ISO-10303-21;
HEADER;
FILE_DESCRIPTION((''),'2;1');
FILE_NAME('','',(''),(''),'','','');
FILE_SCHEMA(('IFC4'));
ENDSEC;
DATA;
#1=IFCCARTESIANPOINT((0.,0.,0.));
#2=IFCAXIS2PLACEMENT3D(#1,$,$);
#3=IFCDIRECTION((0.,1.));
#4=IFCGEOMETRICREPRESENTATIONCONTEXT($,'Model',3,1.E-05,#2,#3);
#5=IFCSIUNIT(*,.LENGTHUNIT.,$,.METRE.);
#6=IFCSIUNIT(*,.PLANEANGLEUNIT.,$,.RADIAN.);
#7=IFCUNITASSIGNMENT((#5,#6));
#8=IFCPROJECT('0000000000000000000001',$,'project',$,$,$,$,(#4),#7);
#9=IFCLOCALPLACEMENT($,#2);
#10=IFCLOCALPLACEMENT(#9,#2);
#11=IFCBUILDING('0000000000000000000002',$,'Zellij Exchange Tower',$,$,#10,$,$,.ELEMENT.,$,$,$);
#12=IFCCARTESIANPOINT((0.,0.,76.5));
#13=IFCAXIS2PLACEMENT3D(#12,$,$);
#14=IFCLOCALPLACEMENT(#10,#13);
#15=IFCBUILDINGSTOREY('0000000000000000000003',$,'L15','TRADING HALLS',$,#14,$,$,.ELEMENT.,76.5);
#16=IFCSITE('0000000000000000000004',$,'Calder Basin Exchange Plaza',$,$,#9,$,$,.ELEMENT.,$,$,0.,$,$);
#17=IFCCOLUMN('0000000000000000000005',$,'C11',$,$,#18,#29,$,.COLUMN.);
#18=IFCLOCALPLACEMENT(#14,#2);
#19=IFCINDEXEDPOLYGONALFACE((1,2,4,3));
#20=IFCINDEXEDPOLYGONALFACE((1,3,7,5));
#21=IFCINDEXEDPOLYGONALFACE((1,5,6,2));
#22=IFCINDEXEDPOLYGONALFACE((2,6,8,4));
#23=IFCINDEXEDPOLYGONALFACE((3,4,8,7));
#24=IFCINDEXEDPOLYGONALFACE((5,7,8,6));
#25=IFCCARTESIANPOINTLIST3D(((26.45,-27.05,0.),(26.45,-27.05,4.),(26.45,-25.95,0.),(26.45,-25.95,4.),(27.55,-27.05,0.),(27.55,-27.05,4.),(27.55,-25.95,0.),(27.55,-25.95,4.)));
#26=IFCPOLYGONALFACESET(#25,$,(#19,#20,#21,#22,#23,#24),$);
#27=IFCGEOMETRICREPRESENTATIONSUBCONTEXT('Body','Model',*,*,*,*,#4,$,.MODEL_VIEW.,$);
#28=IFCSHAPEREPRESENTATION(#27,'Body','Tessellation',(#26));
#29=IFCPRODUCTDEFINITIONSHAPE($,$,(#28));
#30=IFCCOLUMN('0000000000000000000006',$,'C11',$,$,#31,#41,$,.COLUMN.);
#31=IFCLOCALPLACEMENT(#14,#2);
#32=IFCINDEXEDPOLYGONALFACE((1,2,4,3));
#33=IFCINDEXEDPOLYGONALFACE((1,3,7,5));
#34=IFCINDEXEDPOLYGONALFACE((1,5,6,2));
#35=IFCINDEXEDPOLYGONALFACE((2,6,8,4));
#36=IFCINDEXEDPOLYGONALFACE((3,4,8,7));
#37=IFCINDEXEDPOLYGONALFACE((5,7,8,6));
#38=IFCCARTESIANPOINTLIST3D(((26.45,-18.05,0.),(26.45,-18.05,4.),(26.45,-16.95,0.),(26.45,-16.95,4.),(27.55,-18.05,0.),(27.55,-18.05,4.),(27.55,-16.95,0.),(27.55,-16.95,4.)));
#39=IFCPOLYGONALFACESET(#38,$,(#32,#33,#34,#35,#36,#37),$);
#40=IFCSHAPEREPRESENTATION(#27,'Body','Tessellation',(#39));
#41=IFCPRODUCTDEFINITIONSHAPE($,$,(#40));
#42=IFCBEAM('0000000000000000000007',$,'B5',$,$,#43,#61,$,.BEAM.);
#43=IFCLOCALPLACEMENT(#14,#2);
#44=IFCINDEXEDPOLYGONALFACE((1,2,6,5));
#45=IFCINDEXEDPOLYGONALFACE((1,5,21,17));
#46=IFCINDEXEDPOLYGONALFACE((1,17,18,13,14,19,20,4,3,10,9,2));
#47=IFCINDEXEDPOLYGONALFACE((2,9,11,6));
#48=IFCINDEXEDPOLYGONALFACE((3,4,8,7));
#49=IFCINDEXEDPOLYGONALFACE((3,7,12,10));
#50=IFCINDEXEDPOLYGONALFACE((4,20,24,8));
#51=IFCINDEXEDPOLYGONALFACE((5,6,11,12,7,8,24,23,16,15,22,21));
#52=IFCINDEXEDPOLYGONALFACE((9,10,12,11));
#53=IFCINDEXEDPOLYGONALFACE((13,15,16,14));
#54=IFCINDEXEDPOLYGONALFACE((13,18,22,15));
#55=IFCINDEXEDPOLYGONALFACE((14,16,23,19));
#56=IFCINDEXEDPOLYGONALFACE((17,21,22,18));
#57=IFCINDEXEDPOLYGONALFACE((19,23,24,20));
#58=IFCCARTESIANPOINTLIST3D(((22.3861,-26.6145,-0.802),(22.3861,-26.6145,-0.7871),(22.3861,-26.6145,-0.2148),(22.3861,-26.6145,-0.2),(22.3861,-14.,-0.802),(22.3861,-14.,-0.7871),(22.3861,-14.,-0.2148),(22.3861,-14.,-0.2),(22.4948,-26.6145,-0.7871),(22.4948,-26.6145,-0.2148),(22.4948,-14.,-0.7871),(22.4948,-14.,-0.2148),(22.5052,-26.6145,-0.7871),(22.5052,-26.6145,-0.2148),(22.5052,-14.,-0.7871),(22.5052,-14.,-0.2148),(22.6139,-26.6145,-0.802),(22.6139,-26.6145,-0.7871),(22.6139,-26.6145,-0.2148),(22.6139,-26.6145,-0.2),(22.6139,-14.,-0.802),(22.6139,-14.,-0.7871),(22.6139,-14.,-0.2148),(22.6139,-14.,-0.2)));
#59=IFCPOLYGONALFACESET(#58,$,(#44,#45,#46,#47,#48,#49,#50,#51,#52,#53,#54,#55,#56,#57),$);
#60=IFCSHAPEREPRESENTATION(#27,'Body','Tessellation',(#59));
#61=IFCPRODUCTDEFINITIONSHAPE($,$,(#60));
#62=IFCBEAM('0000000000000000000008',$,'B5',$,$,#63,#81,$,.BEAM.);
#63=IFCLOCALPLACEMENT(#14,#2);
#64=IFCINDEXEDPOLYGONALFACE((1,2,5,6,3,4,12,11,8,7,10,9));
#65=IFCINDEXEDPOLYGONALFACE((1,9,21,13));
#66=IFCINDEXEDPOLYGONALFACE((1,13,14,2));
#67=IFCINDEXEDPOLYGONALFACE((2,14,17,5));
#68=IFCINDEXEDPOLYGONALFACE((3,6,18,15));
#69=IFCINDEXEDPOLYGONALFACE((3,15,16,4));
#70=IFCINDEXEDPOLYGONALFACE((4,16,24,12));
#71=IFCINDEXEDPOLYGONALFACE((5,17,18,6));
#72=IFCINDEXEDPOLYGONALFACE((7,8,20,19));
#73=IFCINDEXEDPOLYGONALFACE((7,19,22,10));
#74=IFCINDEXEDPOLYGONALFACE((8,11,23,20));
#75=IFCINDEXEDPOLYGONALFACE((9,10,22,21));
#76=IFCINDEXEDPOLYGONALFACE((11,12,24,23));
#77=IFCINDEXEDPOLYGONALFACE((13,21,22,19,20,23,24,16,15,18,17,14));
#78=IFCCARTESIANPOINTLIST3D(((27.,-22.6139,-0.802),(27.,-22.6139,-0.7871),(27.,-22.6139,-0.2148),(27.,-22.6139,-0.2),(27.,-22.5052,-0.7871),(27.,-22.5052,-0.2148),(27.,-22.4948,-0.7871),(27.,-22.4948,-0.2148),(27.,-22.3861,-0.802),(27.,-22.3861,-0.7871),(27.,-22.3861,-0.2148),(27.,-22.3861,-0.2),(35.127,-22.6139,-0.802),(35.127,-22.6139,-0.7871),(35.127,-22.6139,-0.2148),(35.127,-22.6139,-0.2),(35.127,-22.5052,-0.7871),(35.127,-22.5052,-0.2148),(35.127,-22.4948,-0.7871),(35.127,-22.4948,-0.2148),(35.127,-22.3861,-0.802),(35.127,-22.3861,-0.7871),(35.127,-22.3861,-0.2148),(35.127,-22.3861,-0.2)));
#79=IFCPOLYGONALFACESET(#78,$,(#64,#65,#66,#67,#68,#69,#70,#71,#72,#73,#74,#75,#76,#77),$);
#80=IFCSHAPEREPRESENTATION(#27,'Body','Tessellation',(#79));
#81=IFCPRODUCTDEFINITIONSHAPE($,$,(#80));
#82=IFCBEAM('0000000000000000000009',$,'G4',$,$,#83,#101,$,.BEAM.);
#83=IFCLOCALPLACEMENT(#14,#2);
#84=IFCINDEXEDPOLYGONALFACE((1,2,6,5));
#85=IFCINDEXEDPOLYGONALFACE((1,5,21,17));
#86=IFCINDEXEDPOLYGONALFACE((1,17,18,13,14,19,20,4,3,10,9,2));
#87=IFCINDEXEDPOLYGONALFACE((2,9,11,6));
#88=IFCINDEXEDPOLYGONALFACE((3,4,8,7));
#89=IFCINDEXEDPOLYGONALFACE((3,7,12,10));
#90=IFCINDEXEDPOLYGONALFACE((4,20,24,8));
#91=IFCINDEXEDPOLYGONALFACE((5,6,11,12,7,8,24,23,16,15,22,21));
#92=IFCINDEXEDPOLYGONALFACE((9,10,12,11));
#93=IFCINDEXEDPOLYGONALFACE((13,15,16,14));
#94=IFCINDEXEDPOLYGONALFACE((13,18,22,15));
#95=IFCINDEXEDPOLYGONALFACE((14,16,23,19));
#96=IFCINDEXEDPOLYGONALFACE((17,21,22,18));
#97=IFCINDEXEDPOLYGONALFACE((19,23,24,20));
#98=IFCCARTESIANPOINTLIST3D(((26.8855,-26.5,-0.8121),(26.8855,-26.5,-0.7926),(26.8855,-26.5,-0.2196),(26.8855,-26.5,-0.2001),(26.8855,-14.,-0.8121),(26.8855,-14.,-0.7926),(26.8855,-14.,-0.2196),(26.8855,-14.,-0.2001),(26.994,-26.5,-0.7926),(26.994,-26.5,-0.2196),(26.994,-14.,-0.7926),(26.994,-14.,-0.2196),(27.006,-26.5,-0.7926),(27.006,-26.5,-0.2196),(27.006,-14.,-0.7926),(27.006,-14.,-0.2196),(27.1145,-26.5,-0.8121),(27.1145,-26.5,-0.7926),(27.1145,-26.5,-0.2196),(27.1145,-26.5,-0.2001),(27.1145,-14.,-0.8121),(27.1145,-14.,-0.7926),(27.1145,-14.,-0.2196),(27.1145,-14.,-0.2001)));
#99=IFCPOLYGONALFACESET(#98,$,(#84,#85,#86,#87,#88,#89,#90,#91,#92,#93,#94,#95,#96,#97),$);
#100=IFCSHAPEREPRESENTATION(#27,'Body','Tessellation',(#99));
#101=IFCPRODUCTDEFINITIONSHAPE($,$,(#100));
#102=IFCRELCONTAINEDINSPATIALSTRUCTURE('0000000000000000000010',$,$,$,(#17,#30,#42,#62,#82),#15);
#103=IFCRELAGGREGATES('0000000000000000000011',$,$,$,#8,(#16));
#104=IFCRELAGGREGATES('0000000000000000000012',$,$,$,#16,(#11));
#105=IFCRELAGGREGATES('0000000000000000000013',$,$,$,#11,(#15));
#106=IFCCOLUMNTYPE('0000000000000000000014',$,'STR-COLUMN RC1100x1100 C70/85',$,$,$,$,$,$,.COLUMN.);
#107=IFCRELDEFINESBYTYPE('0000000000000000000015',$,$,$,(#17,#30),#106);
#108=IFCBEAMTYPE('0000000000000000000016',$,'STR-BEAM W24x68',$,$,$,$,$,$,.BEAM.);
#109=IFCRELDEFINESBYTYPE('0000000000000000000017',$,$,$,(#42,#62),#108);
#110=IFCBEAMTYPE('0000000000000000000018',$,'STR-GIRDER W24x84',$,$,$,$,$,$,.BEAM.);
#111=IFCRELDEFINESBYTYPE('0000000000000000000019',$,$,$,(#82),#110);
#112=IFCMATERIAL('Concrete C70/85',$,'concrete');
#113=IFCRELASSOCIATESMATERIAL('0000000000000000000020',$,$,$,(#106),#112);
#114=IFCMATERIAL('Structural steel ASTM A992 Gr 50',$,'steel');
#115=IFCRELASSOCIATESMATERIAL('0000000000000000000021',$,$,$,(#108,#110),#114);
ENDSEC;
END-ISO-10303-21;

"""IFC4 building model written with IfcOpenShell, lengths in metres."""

from ifc_helpers import new_model, si_unit, direction, frame, origin, origin_2d, place, context, subcontext, project, spatial, rectangle, i_section, extrude, material, material_profile, profile_set, type_object, element, save


model = new_model("IFC4")

# Units and contexts
model_context = context("Model", 3, precision=1e-05, world=origin(), true_north=direction((0.0, 1.0)))
body_context = subcontext(model_context, "Body", "Model", "MODEL_VIEW")
ifc_project = project(units=[si_unit("LENGTHUNIT", "METRE"), si_unit("PLANEANGLEUNIT", "RADIAN")], contexts=[model_context])

# Site, building, storey
site_placement = place(None, origin())
site = spatial("IfcSite", under=ifc_project, at=site_placement, Name="Calder Basin Exchange Plaza", CompositionType="ELEMENT", RefElevation=0.0)
building_placement = place(site_placement, origin())
building = spatial("IfcBuilding", under=site, at=building_placement, Name="Zellij Exchange Tower", CompositionType="ELEMENT")
storey_placement = place(building_placement, frame((0.0, 0.0, 76.5)))
storey = spatial("IfcBuildingStorey", under=building, at=storey_placement, Name="L15", Description="TRADING HALLS", CompositionType="ELEMENT", Elevation=76.5)

# Columns
ifc_material_1 = material(Name="Concrete C70/85", Category="concrete")
ifc_material_profile_1 = material_profile(ifc_material_1, rectangle(XDim=1.1001, YDim=1.1001, at=origin_2d()), Name="STR-COLUMN RC1100x1100 C70/85")
ifc_profile_set_1 = profile_set([ifc_material_profile_1], Name="Concrete C70/85")
column_type = type_object("IfcColumnType", Name="STR-COLUMN RC1100x1100 C70/85", PredefinedType="COLUMN", material=ifc_profile_set_1)
for number, where, z_axis, x_axis, name in (
    (1, (27.0, -26.5, 0.0), (0.0, 0.0, 1.0), (1.0, 0.0, 0.0), "C11"),
    (2, (27.0, -17.5, 0.0), (0.0, 0.0, 1.0), (1.0, 0.0, 0.0), "C11"),
):
    element("IfcColumn", number, at=place(storey_placement, frame(where, z_axis=z_axis, x_axis=x_axis)), inside=storey, type_object=column_type, Name=name, PredefinedType="COLUMN", context=body_context, shape_type="SweptSolid", body=[
        extrude(rectangle(XDim=1.1001, YDim=1.1001, at=origin_2d()), origin(), (0.0, 0.0, 1.0), 4.0),
    ])

# Beams
ifc_material_2 = material(Name="Structural steel ASTM A992 Gr 50", Category="steel")
ifc_material_profile_2 = material_profile(ifc_material_2, i_section(OverallWidth=0.2278, OverallDepth=0.6021, WebThickness=0.0105, FlangeThickness=0.0149, at=origin_2d()), Name="W24x68")
ifc_profile_set_2 = profile_set([ifc_material_profile_2], Name="Structural steel ASTM A992 Gr 50")
beam_type_1 = type_object("IfcBeamType", Name="STR-BEAM W24x68", PredefinedType="BEAM", material=ifc_profile_set_2)
beam_1_placement = place(storey_placement, frame((22.5, -26.6145, -0.501), z_axis=(0.0, 1.0, 0.0), x_axis=(-1.0, 0.0, 0.0)))
element("IfcBeam", 3, at=beam_1_placement, inside=storey, type_object=beam_type_1, Name="B5", PredefinedType="BEAM", context=body_context, shape_type="SweptSolid", body=[
    extrude(i_section(OverallWidth=0.2278, OverallDepth=0.6021, WebThickness=0.0105, FlangeThickness=0.0149, at=origin_2d()), origin(), (0.0, 0.0, 1.0), 12.6145),
])
beam_2_placement = place(storey_placement, frame((27.0, -22.5, -0.501), z_axis=(1.0, 0.0, 0.0), x_axis=(0.0, 1.0, 0.0)))
element("IfcBeam", 4, at=beam_2_placement, inside=storey, type_object=beam_type_1, Name="B5", PredefinedType="BEAM", context=body_context, shape_type="SweptSolid", body=[
    extrude(i_section(OverallWidth=0.2278, OverallDepth=0.6021, WebThickness=0.0105, FlangeThickness=0.0149, at=origin_2d()), origin(), (0.0, 0.0, 1.0), 8.127),
])
ifc_material_profile_3 = material_profile(ifc_material_2, i_section(OverallWidth=0.229, OverallDepth=0.6121, WebThickness=0.012, FlangeThickness=0.0195, at=origin_2d()), Name="W24x84")
ifc_profile_set_3 = profile_set([ifc_material_profile_3], Name="Structural steel ASTM A992 Gr 50")
beam_type_2 = type_object("IfcBeamType", Name="STR-GIRDER W24x84", PredefinedType="BEAM", material=ifc_profile_set_3)
beam_3_placement = place(storey_placement, frame((27.0, -26.5, -0.5061), z_axis=(0.0, 1.0, 0.0), x_axis=(-1.0, 0.0, 0.0)))
element("IfcBeam", 5, at=beam_3_placement, inside=storey, type_object=beam_type_2, Name="G4", PredefinedType="BEAM", context=body_context, shape_type="SweptSolid", body=[
    extrude(i_section(OverallWidth=0.229, OverallDepth=0.6121, WebThickness=0.012, FlangeThickness=0.0195, at=origin_2d()), origin(), (0.0, 0.0, 1.0), 12.5),
])

save(model, "model.ifc")
